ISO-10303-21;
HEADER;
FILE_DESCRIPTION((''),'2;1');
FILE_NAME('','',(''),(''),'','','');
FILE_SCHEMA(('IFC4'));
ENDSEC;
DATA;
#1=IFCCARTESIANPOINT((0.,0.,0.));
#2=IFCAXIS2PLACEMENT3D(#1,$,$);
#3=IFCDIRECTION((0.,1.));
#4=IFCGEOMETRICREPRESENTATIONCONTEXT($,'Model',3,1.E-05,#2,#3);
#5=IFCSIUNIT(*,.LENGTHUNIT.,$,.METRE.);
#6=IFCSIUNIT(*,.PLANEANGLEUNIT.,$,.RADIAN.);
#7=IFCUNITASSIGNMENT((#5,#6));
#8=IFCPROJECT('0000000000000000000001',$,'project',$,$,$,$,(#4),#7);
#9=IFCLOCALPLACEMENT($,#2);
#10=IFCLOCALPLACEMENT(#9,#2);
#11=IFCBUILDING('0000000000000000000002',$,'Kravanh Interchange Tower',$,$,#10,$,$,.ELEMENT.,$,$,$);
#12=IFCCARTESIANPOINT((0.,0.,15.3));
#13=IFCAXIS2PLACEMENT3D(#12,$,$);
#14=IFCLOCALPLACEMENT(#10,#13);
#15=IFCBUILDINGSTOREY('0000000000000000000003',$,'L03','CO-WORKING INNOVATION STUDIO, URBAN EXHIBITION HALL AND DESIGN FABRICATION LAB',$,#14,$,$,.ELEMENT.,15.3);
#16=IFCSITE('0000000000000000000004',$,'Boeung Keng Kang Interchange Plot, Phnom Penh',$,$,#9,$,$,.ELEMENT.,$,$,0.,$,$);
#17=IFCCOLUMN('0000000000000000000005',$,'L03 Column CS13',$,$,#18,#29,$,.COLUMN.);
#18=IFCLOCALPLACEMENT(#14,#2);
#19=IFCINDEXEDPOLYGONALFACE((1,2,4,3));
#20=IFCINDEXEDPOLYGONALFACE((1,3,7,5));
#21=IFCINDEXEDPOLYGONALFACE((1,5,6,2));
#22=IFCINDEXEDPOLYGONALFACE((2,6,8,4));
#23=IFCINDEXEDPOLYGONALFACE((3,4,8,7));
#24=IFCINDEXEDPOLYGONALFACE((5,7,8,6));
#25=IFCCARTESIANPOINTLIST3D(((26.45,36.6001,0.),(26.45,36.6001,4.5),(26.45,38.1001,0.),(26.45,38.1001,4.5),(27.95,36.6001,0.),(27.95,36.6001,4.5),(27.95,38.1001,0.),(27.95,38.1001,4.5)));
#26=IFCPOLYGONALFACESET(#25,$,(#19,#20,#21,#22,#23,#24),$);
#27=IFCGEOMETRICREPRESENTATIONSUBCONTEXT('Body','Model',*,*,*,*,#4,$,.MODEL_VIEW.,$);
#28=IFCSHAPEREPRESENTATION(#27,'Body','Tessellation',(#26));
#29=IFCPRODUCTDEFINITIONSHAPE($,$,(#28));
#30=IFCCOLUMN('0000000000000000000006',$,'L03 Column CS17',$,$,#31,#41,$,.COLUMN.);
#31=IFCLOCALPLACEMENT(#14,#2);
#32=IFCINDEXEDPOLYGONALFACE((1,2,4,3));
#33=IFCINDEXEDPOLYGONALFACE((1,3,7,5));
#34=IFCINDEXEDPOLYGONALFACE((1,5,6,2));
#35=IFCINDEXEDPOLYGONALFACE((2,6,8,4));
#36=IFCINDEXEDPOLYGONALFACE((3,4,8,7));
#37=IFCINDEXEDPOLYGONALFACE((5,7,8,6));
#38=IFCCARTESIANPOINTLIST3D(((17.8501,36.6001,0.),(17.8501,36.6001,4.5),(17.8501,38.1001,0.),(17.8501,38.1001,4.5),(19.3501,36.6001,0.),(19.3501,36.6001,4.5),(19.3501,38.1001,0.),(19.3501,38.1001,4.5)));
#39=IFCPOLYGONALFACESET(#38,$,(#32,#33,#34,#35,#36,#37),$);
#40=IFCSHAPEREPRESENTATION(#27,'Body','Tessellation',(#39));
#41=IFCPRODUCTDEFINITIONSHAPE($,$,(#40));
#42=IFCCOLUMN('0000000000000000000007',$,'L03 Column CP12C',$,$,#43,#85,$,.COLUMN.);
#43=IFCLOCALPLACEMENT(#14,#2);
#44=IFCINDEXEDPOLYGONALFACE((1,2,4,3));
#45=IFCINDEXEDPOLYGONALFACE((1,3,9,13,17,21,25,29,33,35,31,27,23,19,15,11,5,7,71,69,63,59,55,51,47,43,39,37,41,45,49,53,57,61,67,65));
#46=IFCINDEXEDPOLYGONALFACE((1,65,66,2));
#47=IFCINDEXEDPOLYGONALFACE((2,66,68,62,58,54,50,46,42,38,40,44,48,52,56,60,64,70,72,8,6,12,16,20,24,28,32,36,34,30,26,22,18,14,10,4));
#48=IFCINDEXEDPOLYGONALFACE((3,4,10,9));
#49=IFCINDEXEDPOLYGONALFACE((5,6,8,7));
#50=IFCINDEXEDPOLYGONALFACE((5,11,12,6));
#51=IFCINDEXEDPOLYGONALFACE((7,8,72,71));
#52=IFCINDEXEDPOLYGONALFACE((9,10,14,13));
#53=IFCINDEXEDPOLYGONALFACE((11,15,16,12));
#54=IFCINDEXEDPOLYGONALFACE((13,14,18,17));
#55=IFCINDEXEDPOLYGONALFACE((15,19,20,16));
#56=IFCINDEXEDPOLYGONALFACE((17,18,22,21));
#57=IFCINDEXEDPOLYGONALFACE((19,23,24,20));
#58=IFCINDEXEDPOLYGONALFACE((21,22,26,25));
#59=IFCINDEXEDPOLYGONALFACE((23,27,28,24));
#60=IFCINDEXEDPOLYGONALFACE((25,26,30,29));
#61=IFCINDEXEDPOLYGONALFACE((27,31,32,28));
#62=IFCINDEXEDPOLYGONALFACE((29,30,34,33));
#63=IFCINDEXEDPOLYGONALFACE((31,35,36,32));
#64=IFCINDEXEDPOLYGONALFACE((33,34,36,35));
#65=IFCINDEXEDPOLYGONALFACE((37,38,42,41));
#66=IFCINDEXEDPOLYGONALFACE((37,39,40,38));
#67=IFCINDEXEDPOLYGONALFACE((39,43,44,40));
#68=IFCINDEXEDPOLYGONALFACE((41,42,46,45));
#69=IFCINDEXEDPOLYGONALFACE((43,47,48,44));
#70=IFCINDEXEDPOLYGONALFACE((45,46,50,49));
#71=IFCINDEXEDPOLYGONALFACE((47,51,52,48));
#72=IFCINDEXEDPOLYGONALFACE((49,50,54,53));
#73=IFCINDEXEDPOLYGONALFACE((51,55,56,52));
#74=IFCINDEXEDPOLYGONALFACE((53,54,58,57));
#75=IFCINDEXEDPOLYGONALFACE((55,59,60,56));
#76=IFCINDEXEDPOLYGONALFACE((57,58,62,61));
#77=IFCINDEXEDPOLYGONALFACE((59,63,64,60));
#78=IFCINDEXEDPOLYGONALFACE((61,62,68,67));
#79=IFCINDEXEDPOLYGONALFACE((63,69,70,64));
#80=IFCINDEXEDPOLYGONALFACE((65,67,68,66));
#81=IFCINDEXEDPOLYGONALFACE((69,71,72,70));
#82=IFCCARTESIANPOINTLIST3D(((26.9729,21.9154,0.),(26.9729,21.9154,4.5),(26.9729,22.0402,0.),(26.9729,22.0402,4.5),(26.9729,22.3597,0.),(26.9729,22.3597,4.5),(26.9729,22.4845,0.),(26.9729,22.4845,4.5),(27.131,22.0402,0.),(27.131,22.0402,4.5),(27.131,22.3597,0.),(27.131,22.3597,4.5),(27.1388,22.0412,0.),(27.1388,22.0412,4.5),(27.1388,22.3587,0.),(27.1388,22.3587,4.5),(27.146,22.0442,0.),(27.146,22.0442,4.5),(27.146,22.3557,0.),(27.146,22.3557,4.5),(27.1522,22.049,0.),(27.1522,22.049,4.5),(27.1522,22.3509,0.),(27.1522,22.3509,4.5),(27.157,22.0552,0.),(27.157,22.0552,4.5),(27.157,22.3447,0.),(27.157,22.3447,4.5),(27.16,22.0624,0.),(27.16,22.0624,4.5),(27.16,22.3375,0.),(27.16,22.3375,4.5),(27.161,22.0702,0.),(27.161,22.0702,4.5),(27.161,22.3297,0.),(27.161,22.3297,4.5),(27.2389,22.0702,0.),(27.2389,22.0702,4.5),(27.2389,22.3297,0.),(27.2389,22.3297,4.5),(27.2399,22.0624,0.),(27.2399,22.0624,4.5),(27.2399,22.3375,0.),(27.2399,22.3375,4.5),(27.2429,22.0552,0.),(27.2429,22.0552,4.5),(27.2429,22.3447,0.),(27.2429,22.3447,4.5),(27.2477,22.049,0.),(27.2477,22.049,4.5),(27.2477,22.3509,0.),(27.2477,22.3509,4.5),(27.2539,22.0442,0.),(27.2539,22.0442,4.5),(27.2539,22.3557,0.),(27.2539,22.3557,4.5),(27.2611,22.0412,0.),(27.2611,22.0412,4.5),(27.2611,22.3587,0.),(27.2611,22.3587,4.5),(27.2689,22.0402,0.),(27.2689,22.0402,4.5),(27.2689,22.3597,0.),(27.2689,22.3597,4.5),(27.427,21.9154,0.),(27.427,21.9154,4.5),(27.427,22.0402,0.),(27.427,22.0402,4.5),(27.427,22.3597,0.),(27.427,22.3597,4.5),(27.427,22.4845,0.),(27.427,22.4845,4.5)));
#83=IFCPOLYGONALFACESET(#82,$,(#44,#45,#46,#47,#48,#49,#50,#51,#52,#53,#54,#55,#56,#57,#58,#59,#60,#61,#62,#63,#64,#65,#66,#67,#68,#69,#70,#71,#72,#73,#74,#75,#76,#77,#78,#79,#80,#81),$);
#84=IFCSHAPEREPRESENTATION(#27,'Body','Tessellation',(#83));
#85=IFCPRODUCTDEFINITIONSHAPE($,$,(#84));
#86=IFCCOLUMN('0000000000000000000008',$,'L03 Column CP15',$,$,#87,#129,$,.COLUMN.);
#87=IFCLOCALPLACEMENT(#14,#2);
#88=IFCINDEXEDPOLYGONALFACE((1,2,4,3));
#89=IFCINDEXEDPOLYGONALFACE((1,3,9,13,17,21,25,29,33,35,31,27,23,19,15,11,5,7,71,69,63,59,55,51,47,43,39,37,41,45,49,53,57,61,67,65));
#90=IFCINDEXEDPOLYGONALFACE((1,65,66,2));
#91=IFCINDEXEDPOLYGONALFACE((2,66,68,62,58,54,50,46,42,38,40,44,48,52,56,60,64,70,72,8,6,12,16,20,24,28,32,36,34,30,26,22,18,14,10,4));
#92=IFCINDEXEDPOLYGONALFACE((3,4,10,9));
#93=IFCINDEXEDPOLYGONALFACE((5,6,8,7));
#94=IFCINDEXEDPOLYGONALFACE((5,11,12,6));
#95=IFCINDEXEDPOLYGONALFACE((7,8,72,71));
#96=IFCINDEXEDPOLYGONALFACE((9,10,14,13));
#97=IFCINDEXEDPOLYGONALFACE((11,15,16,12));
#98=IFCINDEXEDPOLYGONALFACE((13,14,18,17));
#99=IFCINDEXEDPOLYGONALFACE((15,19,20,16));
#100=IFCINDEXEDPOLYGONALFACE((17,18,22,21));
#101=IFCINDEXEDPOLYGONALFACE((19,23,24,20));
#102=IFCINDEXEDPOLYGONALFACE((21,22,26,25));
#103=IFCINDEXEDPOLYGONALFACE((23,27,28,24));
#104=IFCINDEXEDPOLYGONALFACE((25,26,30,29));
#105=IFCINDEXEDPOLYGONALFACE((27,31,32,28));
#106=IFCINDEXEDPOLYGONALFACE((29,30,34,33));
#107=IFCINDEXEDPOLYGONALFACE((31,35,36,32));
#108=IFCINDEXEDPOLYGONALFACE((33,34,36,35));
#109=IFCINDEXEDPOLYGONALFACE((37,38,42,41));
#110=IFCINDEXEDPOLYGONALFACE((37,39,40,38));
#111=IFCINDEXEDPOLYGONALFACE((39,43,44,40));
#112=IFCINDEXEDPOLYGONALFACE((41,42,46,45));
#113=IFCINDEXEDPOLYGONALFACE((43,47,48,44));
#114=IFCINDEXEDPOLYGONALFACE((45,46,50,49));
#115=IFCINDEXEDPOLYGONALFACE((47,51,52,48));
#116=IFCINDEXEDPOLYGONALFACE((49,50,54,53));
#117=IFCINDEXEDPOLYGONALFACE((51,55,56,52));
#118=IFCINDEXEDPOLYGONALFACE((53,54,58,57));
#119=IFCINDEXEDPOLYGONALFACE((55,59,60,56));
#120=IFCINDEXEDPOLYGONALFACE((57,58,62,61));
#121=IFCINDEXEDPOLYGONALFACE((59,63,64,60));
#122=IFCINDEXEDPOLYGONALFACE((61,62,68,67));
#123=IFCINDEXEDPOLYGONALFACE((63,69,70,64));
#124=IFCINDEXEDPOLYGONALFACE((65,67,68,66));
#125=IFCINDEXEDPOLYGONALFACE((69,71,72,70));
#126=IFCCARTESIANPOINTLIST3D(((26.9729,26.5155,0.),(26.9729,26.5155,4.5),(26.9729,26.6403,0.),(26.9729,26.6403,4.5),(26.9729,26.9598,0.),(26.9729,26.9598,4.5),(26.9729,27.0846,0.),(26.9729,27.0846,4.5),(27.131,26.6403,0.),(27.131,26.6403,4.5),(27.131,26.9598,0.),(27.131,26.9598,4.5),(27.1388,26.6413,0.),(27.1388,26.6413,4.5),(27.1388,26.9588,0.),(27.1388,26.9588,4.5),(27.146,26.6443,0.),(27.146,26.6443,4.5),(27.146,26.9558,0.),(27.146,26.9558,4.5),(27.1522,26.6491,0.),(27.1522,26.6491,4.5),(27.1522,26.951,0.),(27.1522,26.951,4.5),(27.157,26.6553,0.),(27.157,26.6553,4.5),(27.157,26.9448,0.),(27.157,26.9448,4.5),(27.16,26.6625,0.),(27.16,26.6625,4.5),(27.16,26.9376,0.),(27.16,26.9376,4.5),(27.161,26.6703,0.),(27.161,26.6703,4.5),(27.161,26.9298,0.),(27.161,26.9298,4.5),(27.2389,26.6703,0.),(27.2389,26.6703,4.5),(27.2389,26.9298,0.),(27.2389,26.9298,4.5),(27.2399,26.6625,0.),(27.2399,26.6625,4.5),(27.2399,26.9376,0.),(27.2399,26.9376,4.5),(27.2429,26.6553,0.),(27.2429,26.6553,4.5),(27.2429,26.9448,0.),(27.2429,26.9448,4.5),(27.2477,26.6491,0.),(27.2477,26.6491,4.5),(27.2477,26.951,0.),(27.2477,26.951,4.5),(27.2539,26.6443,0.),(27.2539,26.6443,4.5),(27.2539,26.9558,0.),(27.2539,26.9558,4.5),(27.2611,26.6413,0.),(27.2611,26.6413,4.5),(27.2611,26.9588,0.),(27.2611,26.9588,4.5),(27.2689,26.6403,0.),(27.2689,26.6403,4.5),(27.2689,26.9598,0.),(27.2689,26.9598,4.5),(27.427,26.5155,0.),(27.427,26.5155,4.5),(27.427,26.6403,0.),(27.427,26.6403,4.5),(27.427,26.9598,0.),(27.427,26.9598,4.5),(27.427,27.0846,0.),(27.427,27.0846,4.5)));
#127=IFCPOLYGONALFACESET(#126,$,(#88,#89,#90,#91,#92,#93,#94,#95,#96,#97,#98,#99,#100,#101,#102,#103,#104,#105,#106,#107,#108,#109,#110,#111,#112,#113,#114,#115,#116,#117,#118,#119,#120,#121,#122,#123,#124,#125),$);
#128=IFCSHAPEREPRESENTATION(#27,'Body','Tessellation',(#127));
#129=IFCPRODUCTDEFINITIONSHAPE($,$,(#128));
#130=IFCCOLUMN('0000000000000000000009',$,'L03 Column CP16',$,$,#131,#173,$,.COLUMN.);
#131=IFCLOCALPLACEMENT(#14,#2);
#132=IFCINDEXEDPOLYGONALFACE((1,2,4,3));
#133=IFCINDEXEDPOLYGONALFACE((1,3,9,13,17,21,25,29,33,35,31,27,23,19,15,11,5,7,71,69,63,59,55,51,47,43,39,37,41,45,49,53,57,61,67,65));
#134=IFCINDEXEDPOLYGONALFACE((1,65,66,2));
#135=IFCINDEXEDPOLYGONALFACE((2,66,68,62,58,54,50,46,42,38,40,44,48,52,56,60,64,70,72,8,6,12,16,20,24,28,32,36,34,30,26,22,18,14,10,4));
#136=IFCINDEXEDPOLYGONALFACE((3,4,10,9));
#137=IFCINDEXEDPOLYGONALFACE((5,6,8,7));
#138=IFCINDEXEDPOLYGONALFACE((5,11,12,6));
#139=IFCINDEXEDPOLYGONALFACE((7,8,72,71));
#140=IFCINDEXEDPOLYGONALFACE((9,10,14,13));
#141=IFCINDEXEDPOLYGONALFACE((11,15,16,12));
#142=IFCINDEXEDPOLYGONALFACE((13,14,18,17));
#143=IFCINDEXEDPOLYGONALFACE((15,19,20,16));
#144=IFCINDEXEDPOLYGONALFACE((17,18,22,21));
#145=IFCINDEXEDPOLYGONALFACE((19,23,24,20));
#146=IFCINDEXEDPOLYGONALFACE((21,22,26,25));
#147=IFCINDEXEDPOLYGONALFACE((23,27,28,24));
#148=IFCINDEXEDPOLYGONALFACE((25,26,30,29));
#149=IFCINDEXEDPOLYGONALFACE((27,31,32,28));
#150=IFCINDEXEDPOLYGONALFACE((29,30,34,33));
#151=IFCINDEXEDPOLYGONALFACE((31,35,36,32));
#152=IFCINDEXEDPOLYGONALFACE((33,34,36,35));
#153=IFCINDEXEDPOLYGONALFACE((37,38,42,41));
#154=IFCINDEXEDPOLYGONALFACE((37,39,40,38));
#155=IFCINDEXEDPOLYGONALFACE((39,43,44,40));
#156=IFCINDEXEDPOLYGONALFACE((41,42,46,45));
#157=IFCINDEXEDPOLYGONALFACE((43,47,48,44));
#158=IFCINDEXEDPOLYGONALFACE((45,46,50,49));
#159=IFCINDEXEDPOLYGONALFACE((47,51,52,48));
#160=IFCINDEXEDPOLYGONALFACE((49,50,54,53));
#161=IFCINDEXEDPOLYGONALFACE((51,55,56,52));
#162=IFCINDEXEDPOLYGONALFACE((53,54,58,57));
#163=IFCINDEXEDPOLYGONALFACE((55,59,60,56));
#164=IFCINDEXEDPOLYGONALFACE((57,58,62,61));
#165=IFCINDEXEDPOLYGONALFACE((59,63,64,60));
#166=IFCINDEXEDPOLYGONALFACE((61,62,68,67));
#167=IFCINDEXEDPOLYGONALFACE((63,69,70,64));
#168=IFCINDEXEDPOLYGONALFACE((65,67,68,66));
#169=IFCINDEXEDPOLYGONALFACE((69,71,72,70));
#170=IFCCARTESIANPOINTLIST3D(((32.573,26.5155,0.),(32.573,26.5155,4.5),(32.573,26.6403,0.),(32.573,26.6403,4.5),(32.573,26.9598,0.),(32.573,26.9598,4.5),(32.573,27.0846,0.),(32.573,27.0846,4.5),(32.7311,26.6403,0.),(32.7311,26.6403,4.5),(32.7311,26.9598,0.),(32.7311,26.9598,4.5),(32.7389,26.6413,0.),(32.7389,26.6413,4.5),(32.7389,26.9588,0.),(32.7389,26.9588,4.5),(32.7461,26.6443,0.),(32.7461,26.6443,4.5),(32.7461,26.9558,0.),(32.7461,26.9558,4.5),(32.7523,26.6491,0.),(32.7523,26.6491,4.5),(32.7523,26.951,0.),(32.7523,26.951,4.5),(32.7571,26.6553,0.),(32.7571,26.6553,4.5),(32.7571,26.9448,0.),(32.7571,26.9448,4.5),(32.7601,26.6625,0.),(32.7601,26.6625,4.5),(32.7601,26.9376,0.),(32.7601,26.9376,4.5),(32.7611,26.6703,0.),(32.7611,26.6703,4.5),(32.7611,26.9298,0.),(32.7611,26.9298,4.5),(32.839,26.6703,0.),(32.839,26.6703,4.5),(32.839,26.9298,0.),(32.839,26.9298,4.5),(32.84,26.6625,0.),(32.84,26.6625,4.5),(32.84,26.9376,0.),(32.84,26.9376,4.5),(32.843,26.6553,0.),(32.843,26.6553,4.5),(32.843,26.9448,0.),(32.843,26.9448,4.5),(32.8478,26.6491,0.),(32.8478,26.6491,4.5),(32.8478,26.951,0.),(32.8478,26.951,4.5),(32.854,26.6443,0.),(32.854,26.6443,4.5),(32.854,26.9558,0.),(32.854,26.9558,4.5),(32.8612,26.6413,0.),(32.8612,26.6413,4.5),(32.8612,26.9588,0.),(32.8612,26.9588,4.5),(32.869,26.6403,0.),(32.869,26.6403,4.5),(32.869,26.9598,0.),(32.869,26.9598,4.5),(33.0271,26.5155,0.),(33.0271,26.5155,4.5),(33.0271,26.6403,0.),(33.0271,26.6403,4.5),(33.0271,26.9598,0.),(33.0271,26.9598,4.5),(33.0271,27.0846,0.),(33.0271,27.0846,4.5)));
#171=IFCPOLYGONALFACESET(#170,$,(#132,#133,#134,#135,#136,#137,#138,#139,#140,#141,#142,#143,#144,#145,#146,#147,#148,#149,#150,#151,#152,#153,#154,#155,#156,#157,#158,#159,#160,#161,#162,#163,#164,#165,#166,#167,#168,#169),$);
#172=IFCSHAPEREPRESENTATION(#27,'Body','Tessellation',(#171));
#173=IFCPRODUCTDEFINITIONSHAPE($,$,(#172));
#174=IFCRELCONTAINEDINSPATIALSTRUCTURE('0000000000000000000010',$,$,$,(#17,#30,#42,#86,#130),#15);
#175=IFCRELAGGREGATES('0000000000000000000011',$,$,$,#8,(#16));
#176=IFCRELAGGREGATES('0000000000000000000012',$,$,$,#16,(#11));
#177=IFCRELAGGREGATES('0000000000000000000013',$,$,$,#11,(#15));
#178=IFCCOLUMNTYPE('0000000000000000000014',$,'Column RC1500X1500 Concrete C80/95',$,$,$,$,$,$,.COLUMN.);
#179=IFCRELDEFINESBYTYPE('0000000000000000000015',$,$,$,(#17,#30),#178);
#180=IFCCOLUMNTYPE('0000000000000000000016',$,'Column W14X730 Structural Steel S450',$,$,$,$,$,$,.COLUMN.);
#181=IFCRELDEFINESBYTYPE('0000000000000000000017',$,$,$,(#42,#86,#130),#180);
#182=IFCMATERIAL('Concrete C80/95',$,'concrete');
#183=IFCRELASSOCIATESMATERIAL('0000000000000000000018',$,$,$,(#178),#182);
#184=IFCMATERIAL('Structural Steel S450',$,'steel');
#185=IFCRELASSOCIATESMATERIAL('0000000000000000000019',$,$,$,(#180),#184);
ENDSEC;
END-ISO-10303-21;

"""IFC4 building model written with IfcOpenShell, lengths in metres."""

from ifc_helpers import new_model, si_unit, direction, frame, origin, origin_2d, place, context, subcontext, project, spatial, rectangle, i_section, extrude, material, material_profile, profile_set, type_object, element, save


model = new_model("IFC4")

# Units and contexts
model_context = context("Model", 3, precision=1e-05, world=origin(), true_north=direction((0.0, 1.0)))
body_context = subcontext(model_context, "Body", "Model", "MODEL_VIEW")
ifc_project = project(units=[si_unit("LENGTHUNIT", "METRE"), si_unit("PLANEANGLEUNIT", "RADIAN")], contexts=[model_context])

# Site, building, storey
site_placement = place(None, origin())
site = spatial("IfcSite", under=ifc_project, at=site_placement, Name="Boeung Keng Kang Interchange Plot, Phnom Penh", CompositionType="ELEMENT", RefElevation=0.0)
building_placement = place(site_placement, origin())
building = spatial("IfcBuilding", under=site, at=building_placement, Name="Kravanh Interchange Tower", CompositionType="ELEMENT")
storey_placement = place(building_placement, frame((0.0, 0.0, 15.3)))
storey = spatial("IfcBuildingStorey", under=building, at=storey_placement, Name="L03", Description="CO-WORKING INNOVATION STUDIO, URBAN EXHIBITION HALL AND DESIGN FABRICATION LAB", CompositionType="ELEMENT", Elevation=15.3)

# Columns
ifc_material_1 = material(Name="Concrete C80/95", Category="concrete")
ifc_material_profile_1 = material_profile(ifc_material_1, rectangle(XDim=1.5, YDim=1.5, at=origin_2d()), Name="RC1500X1500")
ifc_profile_set_1 = profile_set([ifc_material_profile_1], Name="Concrete C80/95")
column_type_1 = type_object("IfcColumnType", Name="Column RC1500X1500 Concrete C80/95", PredefinedType="COLUMN", material=ifc_profile_set_1)
for number, where, z_axis, x_axis, name in (
    (1, (27.2, 37.3501, 0.0), (0.0, 0.0, 1.0), (1.0, 0.0, 0.0), "L03 Column CS13"),
    (2, (18.6001, 37.3501, 0.0), (0.0, 0.0, 1.0), (1.0, 0.0, 0.0), "L03 Column CS17"),
):
    element("IfcColumn", number, at=place(storey_placement, frame(where, z_axis=z_axis, x_axis=x_axis)), inside=storey, type_object=column_type_1, Name=name, PredefinedType="COLUMN", context=body_context, shape_type="SweptSolid", body=[
        extrude(rectangle(XDim=1.5, YDim=1.5, at=origin_2d()), origin(), (0.0, 0.0, 1.0), 4.5),
    ])
ifc_material_2 = material(Name="Structural Steel S450", Category="steel")
ifc_material_profile_2 = material_profile(ifc_material_2, i_section(OverallWidth=0.4541, OverallDepth=0.5691, WebThickness=0.0779, FlangeThickness=0.1248, FilletRadius=0.03, at=origin_2d()), Name="W14X730")
ifc_profile_set_2 = profile_set([ifc_material_profile_2], Name="Structural Steel S450")
column_type_2 = type_object("IfcColumnType", Name="Column W14X730 Structural Steel S450", PredefinedType="COLUMN", material=ifc_profile_set_2)
for number, where, z_axis, x_axis, name in (
    (3, (27.2, 22.2, 0.0), (0.0, 0.0, 1.0), (1.0, 0.0, 0.0), "L03 Column CP12C"),
    (4, (27.2, 26.8, 0.0), (0.0, 0.0, 1.0), (1.0, 0.0, 0.0), "L03 Column CP15"),
    (5, (32.8, 26.8, 0.0), (0.0, 0.0, 1.0), (1.0, 0.0, 0.0), "L03 Column CP16"),
):
    element("IfcColumn", number, at=place(storey_placement, frame(where, z_axis=z_axis, x_axis=x_axis)), inside=storey, type_object=column_type_2, Name=name, PredefinedType="COLUMN", context=body_context, shape_type="SweptSolid", body=[
        extrude(i_section(OverallWidth=0.4541, OverallDepth=0.5691, WebThickness=0.0779, FlangeThickness=0.1248, FilletRadius=0.03, at=origin_2d()), origin(), (0.0, 0.0, 1.0), 4.5),
    ])

save(model, "model.ifc")
